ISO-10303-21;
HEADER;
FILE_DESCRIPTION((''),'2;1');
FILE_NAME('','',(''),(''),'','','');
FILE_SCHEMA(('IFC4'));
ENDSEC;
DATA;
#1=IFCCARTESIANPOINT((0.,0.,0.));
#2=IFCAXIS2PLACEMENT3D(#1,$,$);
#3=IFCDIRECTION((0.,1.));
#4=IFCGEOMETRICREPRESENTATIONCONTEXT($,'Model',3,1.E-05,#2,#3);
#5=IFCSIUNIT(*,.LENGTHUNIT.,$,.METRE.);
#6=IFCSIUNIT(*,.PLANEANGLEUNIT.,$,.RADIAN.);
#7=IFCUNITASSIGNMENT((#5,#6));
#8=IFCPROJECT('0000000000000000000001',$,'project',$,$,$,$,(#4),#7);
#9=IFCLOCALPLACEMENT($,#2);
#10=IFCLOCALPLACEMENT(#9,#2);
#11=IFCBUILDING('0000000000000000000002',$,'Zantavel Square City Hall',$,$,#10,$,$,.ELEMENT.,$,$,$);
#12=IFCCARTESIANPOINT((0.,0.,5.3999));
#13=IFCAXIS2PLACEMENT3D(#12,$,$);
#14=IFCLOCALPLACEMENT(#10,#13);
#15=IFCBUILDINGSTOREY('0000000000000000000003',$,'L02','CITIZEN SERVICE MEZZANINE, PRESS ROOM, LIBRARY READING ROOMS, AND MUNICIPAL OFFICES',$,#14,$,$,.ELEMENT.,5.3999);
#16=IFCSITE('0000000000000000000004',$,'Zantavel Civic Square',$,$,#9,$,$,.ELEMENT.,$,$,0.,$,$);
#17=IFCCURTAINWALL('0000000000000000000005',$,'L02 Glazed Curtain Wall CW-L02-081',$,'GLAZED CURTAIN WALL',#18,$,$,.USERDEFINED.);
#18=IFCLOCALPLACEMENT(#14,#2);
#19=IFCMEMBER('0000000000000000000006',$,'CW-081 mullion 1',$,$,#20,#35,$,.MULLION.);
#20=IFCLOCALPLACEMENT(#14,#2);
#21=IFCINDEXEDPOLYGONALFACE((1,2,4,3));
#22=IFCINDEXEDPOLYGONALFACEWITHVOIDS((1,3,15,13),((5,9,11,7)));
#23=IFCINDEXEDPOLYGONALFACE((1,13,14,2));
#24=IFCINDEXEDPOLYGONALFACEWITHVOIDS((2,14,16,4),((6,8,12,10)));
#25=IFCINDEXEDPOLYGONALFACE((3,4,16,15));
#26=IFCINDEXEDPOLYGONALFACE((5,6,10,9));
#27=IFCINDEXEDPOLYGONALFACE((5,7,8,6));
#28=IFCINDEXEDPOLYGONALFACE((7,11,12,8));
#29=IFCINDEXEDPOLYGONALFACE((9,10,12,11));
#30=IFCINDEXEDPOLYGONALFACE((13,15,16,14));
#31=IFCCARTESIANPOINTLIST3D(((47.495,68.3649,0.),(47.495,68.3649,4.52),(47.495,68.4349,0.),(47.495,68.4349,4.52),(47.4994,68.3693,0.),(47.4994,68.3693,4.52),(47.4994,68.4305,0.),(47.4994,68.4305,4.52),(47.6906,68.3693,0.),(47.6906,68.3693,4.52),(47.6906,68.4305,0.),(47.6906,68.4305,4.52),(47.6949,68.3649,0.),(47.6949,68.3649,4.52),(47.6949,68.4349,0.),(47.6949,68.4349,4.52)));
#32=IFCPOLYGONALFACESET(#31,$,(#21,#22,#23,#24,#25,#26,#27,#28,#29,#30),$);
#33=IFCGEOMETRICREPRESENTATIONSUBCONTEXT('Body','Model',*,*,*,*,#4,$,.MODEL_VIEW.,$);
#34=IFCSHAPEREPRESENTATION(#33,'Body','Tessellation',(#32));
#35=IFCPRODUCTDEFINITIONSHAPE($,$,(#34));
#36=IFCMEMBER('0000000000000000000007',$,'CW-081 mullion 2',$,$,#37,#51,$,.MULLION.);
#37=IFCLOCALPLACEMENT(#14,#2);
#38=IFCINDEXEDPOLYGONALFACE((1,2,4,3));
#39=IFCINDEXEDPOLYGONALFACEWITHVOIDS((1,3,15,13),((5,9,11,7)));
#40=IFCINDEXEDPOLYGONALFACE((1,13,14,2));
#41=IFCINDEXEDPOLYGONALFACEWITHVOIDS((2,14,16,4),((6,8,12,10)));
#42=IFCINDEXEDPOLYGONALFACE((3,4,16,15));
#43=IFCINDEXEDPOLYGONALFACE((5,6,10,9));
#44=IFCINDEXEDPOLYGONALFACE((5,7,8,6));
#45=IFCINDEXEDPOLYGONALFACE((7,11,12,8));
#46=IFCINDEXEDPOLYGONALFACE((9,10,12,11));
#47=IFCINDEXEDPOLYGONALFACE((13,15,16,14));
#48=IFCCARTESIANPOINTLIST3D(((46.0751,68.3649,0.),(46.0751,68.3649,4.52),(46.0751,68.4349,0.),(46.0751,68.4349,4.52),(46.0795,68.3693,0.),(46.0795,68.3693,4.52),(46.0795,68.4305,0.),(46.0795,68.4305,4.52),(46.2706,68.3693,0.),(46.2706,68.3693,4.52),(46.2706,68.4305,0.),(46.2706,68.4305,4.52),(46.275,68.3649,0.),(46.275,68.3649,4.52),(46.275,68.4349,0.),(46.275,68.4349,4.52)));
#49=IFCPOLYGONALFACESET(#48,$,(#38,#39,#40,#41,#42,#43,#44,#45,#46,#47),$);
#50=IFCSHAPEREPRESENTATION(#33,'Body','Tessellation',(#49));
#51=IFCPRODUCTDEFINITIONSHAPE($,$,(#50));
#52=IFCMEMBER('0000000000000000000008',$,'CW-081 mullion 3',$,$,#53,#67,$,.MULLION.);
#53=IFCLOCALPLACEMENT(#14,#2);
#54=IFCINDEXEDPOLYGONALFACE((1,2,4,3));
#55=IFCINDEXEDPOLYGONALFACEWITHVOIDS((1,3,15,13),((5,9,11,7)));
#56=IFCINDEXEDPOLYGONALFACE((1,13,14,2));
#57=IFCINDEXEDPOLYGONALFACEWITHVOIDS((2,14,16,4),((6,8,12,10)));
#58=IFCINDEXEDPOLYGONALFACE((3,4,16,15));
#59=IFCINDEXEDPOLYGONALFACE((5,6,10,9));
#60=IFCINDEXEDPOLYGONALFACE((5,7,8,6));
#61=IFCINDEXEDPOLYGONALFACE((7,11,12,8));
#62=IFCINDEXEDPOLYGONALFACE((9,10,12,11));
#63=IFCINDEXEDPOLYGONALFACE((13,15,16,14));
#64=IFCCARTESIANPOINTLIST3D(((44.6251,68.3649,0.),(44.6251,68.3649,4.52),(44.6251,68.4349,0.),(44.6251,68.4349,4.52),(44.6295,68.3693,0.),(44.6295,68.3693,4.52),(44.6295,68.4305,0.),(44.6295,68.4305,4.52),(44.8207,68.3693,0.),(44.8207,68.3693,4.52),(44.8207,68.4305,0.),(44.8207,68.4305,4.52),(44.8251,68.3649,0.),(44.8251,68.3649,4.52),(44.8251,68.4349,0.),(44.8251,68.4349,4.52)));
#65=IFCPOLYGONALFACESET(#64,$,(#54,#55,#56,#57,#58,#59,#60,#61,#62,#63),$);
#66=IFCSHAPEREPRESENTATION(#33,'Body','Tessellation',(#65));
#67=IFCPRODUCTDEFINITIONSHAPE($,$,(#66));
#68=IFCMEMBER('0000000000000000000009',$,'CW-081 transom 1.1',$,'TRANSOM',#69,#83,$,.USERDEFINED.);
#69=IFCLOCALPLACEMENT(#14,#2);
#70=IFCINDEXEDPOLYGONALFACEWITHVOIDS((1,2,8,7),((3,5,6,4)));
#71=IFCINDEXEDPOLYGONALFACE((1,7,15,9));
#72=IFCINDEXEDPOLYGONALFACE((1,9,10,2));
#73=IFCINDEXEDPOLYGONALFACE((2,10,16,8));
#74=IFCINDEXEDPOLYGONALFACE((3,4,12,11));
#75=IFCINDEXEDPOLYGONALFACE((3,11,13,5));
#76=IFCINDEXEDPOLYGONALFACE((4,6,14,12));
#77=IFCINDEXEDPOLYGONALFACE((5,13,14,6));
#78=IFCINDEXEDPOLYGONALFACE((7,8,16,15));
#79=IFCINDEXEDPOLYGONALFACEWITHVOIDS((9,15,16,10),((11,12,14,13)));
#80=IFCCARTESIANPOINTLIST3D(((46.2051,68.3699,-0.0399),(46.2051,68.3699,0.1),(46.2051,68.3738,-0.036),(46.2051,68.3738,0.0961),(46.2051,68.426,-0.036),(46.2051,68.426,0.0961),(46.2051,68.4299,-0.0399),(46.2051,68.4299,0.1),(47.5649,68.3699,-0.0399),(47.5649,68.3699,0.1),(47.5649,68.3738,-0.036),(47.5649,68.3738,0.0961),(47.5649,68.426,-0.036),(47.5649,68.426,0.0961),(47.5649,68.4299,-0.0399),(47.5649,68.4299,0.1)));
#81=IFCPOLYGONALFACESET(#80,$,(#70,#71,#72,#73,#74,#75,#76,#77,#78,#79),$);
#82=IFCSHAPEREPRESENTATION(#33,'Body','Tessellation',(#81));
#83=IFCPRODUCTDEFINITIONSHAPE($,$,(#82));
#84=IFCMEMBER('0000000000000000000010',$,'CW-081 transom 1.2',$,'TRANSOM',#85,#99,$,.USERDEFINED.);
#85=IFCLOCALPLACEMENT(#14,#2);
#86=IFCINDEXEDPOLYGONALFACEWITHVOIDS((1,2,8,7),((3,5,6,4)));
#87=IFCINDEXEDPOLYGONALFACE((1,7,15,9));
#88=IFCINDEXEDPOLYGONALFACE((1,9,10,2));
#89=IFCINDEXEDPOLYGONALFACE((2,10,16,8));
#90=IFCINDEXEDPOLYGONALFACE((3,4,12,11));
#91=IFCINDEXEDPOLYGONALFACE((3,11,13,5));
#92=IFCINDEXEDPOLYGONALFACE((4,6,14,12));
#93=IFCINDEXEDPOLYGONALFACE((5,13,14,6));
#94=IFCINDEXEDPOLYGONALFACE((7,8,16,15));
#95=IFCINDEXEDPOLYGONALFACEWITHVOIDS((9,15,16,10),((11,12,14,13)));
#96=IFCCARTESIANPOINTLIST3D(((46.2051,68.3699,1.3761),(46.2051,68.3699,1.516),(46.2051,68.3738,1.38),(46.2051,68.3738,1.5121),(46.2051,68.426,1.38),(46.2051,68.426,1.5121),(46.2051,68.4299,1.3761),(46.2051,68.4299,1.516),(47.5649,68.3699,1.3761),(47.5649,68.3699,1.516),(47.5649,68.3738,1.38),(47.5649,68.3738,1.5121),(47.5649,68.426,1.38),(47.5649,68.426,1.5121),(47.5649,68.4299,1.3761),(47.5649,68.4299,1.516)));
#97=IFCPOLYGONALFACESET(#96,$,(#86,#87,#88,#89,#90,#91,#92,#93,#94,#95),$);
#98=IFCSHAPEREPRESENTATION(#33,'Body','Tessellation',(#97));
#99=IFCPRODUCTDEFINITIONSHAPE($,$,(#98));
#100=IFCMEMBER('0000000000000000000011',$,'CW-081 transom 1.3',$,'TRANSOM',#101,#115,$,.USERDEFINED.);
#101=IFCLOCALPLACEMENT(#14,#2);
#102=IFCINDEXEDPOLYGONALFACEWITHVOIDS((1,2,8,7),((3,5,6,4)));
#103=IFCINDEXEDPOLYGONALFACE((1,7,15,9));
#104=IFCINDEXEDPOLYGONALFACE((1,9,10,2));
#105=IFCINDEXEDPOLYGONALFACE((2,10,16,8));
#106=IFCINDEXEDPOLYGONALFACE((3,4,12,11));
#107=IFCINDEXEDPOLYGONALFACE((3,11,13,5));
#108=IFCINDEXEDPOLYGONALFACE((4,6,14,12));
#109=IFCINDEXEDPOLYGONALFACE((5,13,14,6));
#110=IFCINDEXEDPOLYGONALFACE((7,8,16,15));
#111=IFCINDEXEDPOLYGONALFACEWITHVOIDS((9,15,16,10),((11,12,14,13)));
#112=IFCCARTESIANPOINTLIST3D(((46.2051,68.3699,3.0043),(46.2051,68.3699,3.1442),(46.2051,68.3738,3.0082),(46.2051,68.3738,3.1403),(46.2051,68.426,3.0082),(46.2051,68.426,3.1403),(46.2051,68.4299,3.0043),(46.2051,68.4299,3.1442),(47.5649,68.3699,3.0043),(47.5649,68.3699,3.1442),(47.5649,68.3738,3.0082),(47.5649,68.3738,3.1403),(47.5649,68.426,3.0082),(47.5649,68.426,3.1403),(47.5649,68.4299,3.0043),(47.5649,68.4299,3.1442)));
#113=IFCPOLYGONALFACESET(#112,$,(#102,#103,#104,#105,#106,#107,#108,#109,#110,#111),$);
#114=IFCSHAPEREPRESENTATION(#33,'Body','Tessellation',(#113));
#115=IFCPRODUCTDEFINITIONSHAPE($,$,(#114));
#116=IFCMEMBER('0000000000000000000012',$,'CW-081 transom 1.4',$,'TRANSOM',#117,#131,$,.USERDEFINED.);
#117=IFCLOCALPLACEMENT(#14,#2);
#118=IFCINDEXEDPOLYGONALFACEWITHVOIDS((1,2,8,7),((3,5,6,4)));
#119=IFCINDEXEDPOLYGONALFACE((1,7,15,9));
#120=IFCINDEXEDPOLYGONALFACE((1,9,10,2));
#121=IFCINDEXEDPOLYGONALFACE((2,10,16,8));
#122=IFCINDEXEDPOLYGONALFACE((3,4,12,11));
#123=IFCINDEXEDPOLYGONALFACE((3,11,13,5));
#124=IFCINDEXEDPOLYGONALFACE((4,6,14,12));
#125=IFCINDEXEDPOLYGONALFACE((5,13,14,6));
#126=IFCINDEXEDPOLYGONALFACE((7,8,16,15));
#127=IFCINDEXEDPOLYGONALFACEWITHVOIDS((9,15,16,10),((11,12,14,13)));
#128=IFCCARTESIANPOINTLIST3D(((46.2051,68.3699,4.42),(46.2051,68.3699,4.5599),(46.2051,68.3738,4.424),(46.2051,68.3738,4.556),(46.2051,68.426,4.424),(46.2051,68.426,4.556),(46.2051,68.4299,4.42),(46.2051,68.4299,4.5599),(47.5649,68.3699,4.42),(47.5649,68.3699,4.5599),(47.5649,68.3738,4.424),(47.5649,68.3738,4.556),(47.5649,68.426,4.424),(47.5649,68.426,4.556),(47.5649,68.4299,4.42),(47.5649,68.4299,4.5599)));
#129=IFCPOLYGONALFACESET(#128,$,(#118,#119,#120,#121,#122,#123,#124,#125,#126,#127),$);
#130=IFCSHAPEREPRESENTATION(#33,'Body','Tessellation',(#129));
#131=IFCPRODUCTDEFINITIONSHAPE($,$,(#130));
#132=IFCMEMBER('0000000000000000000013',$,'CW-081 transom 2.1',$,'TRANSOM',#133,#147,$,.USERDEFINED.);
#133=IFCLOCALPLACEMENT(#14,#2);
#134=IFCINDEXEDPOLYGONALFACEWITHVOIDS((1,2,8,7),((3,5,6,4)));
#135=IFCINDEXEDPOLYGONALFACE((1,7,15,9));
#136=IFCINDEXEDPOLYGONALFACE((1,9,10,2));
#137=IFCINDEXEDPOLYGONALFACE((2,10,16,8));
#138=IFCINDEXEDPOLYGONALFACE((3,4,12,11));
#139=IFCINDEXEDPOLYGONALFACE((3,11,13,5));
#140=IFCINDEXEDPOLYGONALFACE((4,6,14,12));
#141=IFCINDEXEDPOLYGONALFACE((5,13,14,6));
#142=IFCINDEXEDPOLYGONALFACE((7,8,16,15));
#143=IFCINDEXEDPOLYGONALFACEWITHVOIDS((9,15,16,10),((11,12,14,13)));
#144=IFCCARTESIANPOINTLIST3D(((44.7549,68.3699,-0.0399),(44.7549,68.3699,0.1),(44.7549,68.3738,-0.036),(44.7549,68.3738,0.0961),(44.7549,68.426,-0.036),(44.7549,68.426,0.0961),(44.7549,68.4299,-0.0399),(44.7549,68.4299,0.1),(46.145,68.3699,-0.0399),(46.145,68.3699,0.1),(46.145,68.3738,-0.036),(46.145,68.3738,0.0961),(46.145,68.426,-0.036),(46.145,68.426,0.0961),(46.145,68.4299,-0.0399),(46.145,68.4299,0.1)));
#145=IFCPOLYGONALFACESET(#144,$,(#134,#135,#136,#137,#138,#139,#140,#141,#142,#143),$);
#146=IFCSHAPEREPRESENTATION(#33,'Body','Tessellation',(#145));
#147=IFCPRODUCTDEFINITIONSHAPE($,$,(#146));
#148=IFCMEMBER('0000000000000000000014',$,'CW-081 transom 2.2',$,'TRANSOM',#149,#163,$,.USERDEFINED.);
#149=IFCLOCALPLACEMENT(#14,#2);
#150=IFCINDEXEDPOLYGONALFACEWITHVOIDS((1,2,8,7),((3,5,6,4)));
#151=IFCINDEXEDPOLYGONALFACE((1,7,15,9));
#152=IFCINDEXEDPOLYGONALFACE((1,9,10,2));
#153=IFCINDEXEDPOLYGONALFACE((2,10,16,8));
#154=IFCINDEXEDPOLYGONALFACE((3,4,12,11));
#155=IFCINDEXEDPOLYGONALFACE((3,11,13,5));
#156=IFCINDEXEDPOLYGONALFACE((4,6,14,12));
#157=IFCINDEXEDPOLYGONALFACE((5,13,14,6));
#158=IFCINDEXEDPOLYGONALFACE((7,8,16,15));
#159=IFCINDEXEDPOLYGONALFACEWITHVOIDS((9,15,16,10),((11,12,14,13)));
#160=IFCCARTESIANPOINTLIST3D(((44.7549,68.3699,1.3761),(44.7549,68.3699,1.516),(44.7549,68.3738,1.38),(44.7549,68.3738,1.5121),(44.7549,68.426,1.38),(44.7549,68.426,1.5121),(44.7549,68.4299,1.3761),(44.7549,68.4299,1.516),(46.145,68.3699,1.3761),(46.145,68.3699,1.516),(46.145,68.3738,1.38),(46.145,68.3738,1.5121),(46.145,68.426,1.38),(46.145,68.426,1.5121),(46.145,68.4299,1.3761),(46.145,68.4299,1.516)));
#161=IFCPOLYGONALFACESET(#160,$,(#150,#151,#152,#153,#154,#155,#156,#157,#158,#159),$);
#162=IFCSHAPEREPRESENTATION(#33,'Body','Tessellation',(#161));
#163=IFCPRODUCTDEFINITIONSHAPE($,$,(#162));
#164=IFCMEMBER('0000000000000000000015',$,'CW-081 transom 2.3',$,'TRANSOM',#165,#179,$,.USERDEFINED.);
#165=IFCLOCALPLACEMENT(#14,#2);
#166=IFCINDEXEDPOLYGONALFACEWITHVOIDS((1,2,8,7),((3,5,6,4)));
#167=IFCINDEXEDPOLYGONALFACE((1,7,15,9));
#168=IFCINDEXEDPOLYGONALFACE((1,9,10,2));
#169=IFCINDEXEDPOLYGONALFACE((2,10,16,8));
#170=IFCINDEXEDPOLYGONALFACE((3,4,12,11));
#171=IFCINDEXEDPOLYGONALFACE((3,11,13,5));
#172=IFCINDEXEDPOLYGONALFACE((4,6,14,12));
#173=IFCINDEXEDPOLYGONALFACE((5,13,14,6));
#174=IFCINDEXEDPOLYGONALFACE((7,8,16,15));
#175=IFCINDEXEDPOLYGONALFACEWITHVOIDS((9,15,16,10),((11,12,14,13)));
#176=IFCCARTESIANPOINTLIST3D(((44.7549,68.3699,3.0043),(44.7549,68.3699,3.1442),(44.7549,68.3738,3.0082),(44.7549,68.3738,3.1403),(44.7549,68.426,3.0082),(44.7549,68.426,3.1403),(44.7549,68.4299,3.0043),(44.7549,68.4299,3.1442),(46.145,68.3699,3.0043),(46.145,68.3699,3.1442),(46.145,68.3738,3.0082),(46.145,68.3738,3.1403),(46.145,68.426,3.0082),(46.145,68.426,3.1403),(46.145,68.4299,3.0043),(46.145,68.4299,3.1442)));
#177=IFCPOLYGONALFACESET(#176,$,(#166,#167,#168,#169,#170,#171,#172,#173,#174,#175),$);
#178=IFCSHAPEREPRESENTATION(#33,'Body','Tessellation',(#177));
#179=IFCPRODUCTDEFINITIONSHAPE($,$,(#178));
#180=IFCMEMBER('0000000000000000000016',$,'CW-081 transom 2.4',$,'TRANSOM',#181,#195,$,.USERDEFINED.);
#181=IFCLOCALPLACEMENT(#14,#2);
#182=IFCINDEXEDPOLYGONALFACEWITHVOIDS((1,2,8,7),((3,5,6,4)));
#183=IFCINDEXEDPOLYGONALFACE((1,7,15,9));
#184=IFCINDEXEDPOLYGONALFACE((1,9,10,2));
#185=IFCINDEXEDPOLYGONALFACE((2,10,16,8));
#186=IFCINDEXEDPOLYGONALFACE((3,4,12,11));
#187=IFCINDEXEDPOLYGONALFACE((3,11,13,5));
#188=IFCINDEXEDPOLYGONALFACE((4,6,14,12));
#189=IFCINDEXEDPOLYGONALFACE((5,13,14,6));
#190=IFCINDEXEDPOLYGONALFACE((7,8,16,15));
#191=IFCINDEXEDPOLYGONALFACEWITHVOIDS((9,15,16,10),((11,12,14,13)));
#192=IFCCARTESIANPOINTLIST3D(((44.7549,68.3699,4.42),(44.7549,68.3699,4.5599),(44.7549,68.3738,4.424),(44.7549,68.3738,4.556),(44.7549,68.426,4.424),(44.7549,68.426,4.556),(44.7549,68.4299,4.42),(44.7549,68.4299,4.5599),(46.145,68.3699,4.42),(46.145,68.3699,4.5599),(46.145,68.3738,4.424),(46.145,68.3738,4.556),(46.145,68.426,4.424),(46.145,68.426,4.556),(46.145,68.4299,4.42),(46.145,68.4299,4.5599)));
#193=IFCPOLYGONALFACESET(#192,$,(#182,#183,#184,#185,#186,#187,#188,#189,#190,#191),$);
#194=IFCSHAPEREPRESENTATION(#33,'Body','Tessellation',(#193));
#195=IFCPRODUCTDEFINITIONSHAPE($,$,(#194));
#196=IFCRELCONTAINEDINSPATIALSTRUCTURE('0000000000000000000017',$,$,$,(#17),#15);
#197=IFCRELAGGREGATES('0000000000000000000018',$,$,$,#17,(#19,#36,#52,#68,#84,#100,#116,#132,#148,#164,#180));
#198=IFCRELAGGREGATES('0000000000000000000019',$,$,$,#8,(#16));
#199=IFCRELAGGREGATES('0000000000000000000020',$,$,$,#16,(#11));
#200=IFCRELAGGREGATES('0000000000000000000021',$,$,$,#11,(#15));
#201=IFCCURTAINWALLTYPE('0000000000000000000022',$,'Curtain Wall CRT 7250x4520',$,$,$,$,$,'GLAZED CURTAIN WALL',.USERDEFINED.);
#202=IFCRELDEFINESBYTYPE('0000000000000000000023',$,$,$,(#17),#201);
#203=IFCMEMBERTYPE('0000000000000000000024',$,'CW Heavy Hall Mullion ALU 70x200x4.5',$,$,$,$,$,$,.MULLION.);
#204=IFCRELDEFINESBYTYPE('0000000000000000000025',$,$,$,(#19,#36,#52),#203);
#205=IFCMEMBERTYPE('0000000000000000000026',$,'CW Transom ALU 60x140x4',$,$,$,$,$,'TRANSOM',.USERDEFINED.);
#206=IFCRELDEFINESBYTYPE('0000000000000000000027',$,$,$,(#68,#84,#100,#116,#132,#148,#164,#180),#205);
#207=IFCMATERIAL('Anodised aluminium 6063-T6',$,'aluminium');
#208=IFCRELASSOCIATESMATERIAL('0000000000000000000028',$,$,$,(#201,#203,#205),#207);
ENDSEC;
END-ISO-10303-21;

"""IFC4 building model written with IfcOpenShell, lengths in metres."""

from ifc_helpers import new_model, si_unit, direction, frame, origin, origin_2d, place, context, subcontext, project, spatial, hollow_rectangle, extrude, material, material_profile, profile_set, type_object, element, aggregate, save


model = new_model("IFC4")

# Units and contexts
model_context = context("Model", 3, precision=1e-05, world=origin(), true_north=direction((0.0, 1.0)))
body_context = subcontext(model_context, "Body", "Model", "MODEL_VIEW")
ifc_project = project(units=[si_unit("LENGTHUNIT", "METRE"), si_unit("PLANEANGLEUNIT", "RADIAN")], contexts=[model_context])

# Site, building, storey
site_placement = place(None, origin())
site = spatial("IfcSite", under=ifc_project, at=site_placement, Name="Zantavel Civic Square", CompositionType="ELEMENT", RefElevation=0.0)
building_placement = place(site_placement, origin())
building = spatial("IfcBuilding", under=site, at=building_placement, Name="Zantavel Square City Hall", CompositionType="ELEMENT")
storey_placement = place(building_placement, frame((0.0, 0.0, 5.3999)))
storey = spatial("IfcBuildingStorey", under=building, at=storey_placement, Name="L02", Description="CITIZEN SERVICE MEZZANINE, PRESS ROOM, LIBRARY READING ROOMS, AND MUNICIPAL OFFICES", CompositionType="ELEMENT", Elevation=5.3999)

# Curtain wall, members
ifc_material_1 = material(Name="Anodised aluminium 6063-T6", Category="aluminium")
curtain_wall_type = type_object("IfcCurtainWallType", Name="Curtain Wall CRT 7250x4520", ElementType="GLAZED CURTAIN WALL", PredefinedType="USERDEFINED", material=ifc_material_1)
curtain_wall_placement = place(storey_placement, origin())
curtain_wall = element("IfcCurtainWall", 1, at=curtain_wall_placement, inside=storey, type_object=curtain_wall_type, Name="L02 Glazed Curtain Wall CW-L02-081", ObjectType="GLAZED CURTAIN WALL", PredefinedType="USERDEFINED")
ifc_material_profile_1 = material_profile(ifc_material_1, hollow_rectangle(XDim=0.0701, YDim=0.2, WallThickness=0.0044, at=origin_2d()), Name="ALU 70x200x4.5")
ifc_profile_set_1 = profile_set([ifc_material_profile_1], Name="Anodised aluminium 6063-T6")
member_type_1 = type_object("IfcMemberType", Name="CW Heavy Hall Mullion ALU 70x200x4.5", PredefinedType="MULLION", material=ifc_profile_set_1)
member_1_placement = place(storey_placement, frame((47.595, 68.3999, 0.0), z_axis=(0.0, 0.0, 1.0), x_axis=(0.0, -1.0, 0.0)))
member_1 = element("IfcMember", 2, at=member_1_placement, type_object=member_type_1, Name="CW-081 mullion 1", PredefinedType="MULLION", context=body_context, shape_type="SweptSolid", body=[
    extrude(hollow_rectangle(XDim=0.0701, YDim=0.2, WallThickness=0.0044, at=origin_2d()), origin(), (0.0, 0.0, 1.0), 4.52),
])
member_2_placement = place(storey_placement, frame((46.175, 68.3999, 0.0), z_axis=(0.0, 0.0, 1.0), x_axis=(0.0, -1.0, 0.0)))
member_2 = element("IfcMember", 3, at=member_2_placement, type_object=member_type_1, Name="CW-081 mullion 2", PredefinedType="MULLION", context=body_context, shape_type="SweptSolid", body=[
    extrude(hollow_rectangle(XDim=0.0701, YDim=0.2, WallThickness=0.0044, at=origin_2d()), origin(), (0.0, 0.0, 1.0), 4.52),
])
member_3_placement = place(storey_placement, frame((44.7251, 68.3999, 0.0), z_axis=(0.0, 0.0, 1.0), x_axis=(0.0, -1.0, 0.0)))
member_3 = element("IfcMember", 4, at=member_3_placement, type_object=member_type_1, Name="CW-081 mullion 3", PredefinedType="MULLION", context=body_context, shape_type="SweptSolid", body=[
    extrude(hollow_rectangle(XDim=0.0701, YDim=0.2, WallThickness=0.0044, at=origin_2d()), origin(), (0.0, 0.0, 1.0), 4.52),
])
ifc_material_profile_2 = material_profile(ifc_material_1, hollow_rectangle(XDim=0.0601, YDim=0.1399, WallThickness=0.0039, at=origin_2d()), Name="ALU 60x140x4")
ifc_profile_set_2 = profile_set([ifc_material_profile_2], Name="Anodised aluminium 6063-T6")
member_type_2 = type_object("IfcMemberType", Name="CW Transom ALU 60x140x4", ElementType="TRANSOM", PredefinedType="USERDEFINED", material=ifc_profile_set_2)
member_4_placement = place(storey_placement, frame((47.5649, 68.3999, 0.03), z_axis=(-1.0, 0.0, 0.0), x_axis=(0.0, -1.0, 0.0)))
member_4 = element("IfcMember", 5, at=member_4_placement, type_object=member_type_2, Name="CW-081 transom 1.1", ObjectType="TRANSOM", PredefinedType="USERDEFINED", context=body_context, shape_type="SweptSolid", body=[
    extrude(hollow_rectangle(XDim=0.0601, YDim=0.1399, WallThickness=0.0039, at=origin_2d()), origin(), (0.0, 0.0, 1.0), 1.3599),
])
member_5_placement = place(storey_placement, frame((47.5649, 68.3999, 1.446), z_axis=(-1.0, 0.0, 0.0), x_axis=(0.0, -1.0, 0.0)))
member_5 = element("IfcMember", 6, at=member_5_placement, type_object=member_type_2, Name="CW-081 transom 1.2", ObjectType="TRANSOM", PredefinedType="USERDEFINED", context=body_context, shape_type="SweptSolid", body=[
    extrude(hollow_rectangle(XDim=0.0601, YDim=0.1399, WallThickness=0.0039, at=origin_2d()), origin(), (0.0, 0.0, 1.0), 1.3599),
])
member_6_placement = place(storey_placement, frame((47.5649, 68.3999, 3.0742), z_axis=(-1.0, 0.0, 0.0), x_axis=(0.0, -1.0, 0.0)))
member_6 = element("IfcMember", 7, at=member_6_placement, type_object=member_type_2, Name="CW-081 transom 1.3", ObjectType="TRANSOM", PredefinedType="USERDEFINED", context=body_context, shape_type="SweptSolid", body=[
    extrude(hollow_rectangle(XDim=0.0601, YDim=0.1399, WallThickness=0.0039, at=origin_2d()), origin(), (0.0, 0.0, 1.0), 1.3599),
])
member_7_placement = place(storey_placement, frame((47.5649, 68.3999, 4.49), z_axis=(-1.0, 0.0, 0.0), x_axis=(0.0, -1.0, 0.0)))
member_7 = element("IfcMember", 8, at=member_7_placement, type_object=member_type_2, Name="CW-081 transom 1.4", ObjectType="TRANSOM", PredefinedType="USERDEFINED", context=body_context, shape_type="SweptSolid", body=[
    extrude(hollow_rectangle(XDim=0.0601, YDim=0.1399, WallThickness=0.0039, at=origin_2d()), origin(), (0.0, 0.0, 1.0), 1.3599),
])
member_8_placement = place(storey_placement, frame((46.145, 68.3999, 0.03), z_axis=(-1.0, 0.0, 0.0), x_axis=(0.0, -1.0, 0.0)))
member_8 = element("IfcMember", 9, at=member_8_placement, type_object=member_type_2, Name="CW-081 transom 2.1", ObjectType="TRANSOM", PredefinedType="USERDEFINED", context=body_context, shape_type="SweptSolid", body=[
    extrude(hollow_rectangle(XDim=0.0601, YDim=0.1399, WallThickness=0.0039, at=origin_2d()), origin(), (0.0, 0.0, 1.0), 1.3901),
])
member_9_placement = place(storey_placement, frame((46.145, 68.3999, 1.446), z_axis=(-1.0, 0.0, 0.0), x_axis=(0.0, -1.0, 0.0)))
member_9 = element("IfcMember", 10, at=member_9_placement, type_object=member_type_2, Name="CW-081 transom 2.2", ObjectType="TRANSOM", PredefinedType="USERDEFINED", context=body_context, shape_type="SweptSolid", body=[
    extrude(hollow_rectangle(XDim=0.0601, YDim=0.1399, WallThickness=0.0039, at=origin_2d()), origin(), (0.0, 0.0, 1.0), 1.3901),
])
member_10_placement = place(storey_placement, frame((46.145, 68.3999, 3.0742), z_axis=(-1.0, 0.0, 0.0), x_axis=(0.0, -1.0, 0.0)))
member_10 = element("IfcMember", 11, at=member_10_placement, type_object=member_type_2, Name="CW-081 transom 2.3", ObjectType="TRANSOM", PredefinedType="USERDEFINED", context=body_context, shape_type="SweptSolid", body=[
    extrude(hollow_rectangle(XDim=0.0601, YDim=0.1399, WallThickness=0.0039, at=origin_2d()), origin(), (0.0, 0.0, 1.0), 1.3901),
])
member_11_placement = place(storey_placement, frame((46.145, 68.3999, 4.49), z_axis=(-1.0, 0.0, 0.0), x_axis=(0.0, -1.0, 0.0)))
member_11 = element("IfcMember", 12, at=member_11_placement, type_object=member_type_2, Name="CW-081 transom 2.4", ObjectType="TRANSOM", PredefinedType="USERDEFINED", context=body_context, shape_type="SweptSolid", body=[
    extrude(hollow_rectangle(XDim=0.0601, YDim=0.1399, WallThickness=0.0039, at=origin_2d()), origin(), (0.0, 0.0, 1.0), 1.3901),
])
aggregate(curtain_wall, [member_1, member_2, member_3, member_4, member_5, member_6, member_7, member_8, member_9, member_10, member_11])

save(model, "model.ifc")
